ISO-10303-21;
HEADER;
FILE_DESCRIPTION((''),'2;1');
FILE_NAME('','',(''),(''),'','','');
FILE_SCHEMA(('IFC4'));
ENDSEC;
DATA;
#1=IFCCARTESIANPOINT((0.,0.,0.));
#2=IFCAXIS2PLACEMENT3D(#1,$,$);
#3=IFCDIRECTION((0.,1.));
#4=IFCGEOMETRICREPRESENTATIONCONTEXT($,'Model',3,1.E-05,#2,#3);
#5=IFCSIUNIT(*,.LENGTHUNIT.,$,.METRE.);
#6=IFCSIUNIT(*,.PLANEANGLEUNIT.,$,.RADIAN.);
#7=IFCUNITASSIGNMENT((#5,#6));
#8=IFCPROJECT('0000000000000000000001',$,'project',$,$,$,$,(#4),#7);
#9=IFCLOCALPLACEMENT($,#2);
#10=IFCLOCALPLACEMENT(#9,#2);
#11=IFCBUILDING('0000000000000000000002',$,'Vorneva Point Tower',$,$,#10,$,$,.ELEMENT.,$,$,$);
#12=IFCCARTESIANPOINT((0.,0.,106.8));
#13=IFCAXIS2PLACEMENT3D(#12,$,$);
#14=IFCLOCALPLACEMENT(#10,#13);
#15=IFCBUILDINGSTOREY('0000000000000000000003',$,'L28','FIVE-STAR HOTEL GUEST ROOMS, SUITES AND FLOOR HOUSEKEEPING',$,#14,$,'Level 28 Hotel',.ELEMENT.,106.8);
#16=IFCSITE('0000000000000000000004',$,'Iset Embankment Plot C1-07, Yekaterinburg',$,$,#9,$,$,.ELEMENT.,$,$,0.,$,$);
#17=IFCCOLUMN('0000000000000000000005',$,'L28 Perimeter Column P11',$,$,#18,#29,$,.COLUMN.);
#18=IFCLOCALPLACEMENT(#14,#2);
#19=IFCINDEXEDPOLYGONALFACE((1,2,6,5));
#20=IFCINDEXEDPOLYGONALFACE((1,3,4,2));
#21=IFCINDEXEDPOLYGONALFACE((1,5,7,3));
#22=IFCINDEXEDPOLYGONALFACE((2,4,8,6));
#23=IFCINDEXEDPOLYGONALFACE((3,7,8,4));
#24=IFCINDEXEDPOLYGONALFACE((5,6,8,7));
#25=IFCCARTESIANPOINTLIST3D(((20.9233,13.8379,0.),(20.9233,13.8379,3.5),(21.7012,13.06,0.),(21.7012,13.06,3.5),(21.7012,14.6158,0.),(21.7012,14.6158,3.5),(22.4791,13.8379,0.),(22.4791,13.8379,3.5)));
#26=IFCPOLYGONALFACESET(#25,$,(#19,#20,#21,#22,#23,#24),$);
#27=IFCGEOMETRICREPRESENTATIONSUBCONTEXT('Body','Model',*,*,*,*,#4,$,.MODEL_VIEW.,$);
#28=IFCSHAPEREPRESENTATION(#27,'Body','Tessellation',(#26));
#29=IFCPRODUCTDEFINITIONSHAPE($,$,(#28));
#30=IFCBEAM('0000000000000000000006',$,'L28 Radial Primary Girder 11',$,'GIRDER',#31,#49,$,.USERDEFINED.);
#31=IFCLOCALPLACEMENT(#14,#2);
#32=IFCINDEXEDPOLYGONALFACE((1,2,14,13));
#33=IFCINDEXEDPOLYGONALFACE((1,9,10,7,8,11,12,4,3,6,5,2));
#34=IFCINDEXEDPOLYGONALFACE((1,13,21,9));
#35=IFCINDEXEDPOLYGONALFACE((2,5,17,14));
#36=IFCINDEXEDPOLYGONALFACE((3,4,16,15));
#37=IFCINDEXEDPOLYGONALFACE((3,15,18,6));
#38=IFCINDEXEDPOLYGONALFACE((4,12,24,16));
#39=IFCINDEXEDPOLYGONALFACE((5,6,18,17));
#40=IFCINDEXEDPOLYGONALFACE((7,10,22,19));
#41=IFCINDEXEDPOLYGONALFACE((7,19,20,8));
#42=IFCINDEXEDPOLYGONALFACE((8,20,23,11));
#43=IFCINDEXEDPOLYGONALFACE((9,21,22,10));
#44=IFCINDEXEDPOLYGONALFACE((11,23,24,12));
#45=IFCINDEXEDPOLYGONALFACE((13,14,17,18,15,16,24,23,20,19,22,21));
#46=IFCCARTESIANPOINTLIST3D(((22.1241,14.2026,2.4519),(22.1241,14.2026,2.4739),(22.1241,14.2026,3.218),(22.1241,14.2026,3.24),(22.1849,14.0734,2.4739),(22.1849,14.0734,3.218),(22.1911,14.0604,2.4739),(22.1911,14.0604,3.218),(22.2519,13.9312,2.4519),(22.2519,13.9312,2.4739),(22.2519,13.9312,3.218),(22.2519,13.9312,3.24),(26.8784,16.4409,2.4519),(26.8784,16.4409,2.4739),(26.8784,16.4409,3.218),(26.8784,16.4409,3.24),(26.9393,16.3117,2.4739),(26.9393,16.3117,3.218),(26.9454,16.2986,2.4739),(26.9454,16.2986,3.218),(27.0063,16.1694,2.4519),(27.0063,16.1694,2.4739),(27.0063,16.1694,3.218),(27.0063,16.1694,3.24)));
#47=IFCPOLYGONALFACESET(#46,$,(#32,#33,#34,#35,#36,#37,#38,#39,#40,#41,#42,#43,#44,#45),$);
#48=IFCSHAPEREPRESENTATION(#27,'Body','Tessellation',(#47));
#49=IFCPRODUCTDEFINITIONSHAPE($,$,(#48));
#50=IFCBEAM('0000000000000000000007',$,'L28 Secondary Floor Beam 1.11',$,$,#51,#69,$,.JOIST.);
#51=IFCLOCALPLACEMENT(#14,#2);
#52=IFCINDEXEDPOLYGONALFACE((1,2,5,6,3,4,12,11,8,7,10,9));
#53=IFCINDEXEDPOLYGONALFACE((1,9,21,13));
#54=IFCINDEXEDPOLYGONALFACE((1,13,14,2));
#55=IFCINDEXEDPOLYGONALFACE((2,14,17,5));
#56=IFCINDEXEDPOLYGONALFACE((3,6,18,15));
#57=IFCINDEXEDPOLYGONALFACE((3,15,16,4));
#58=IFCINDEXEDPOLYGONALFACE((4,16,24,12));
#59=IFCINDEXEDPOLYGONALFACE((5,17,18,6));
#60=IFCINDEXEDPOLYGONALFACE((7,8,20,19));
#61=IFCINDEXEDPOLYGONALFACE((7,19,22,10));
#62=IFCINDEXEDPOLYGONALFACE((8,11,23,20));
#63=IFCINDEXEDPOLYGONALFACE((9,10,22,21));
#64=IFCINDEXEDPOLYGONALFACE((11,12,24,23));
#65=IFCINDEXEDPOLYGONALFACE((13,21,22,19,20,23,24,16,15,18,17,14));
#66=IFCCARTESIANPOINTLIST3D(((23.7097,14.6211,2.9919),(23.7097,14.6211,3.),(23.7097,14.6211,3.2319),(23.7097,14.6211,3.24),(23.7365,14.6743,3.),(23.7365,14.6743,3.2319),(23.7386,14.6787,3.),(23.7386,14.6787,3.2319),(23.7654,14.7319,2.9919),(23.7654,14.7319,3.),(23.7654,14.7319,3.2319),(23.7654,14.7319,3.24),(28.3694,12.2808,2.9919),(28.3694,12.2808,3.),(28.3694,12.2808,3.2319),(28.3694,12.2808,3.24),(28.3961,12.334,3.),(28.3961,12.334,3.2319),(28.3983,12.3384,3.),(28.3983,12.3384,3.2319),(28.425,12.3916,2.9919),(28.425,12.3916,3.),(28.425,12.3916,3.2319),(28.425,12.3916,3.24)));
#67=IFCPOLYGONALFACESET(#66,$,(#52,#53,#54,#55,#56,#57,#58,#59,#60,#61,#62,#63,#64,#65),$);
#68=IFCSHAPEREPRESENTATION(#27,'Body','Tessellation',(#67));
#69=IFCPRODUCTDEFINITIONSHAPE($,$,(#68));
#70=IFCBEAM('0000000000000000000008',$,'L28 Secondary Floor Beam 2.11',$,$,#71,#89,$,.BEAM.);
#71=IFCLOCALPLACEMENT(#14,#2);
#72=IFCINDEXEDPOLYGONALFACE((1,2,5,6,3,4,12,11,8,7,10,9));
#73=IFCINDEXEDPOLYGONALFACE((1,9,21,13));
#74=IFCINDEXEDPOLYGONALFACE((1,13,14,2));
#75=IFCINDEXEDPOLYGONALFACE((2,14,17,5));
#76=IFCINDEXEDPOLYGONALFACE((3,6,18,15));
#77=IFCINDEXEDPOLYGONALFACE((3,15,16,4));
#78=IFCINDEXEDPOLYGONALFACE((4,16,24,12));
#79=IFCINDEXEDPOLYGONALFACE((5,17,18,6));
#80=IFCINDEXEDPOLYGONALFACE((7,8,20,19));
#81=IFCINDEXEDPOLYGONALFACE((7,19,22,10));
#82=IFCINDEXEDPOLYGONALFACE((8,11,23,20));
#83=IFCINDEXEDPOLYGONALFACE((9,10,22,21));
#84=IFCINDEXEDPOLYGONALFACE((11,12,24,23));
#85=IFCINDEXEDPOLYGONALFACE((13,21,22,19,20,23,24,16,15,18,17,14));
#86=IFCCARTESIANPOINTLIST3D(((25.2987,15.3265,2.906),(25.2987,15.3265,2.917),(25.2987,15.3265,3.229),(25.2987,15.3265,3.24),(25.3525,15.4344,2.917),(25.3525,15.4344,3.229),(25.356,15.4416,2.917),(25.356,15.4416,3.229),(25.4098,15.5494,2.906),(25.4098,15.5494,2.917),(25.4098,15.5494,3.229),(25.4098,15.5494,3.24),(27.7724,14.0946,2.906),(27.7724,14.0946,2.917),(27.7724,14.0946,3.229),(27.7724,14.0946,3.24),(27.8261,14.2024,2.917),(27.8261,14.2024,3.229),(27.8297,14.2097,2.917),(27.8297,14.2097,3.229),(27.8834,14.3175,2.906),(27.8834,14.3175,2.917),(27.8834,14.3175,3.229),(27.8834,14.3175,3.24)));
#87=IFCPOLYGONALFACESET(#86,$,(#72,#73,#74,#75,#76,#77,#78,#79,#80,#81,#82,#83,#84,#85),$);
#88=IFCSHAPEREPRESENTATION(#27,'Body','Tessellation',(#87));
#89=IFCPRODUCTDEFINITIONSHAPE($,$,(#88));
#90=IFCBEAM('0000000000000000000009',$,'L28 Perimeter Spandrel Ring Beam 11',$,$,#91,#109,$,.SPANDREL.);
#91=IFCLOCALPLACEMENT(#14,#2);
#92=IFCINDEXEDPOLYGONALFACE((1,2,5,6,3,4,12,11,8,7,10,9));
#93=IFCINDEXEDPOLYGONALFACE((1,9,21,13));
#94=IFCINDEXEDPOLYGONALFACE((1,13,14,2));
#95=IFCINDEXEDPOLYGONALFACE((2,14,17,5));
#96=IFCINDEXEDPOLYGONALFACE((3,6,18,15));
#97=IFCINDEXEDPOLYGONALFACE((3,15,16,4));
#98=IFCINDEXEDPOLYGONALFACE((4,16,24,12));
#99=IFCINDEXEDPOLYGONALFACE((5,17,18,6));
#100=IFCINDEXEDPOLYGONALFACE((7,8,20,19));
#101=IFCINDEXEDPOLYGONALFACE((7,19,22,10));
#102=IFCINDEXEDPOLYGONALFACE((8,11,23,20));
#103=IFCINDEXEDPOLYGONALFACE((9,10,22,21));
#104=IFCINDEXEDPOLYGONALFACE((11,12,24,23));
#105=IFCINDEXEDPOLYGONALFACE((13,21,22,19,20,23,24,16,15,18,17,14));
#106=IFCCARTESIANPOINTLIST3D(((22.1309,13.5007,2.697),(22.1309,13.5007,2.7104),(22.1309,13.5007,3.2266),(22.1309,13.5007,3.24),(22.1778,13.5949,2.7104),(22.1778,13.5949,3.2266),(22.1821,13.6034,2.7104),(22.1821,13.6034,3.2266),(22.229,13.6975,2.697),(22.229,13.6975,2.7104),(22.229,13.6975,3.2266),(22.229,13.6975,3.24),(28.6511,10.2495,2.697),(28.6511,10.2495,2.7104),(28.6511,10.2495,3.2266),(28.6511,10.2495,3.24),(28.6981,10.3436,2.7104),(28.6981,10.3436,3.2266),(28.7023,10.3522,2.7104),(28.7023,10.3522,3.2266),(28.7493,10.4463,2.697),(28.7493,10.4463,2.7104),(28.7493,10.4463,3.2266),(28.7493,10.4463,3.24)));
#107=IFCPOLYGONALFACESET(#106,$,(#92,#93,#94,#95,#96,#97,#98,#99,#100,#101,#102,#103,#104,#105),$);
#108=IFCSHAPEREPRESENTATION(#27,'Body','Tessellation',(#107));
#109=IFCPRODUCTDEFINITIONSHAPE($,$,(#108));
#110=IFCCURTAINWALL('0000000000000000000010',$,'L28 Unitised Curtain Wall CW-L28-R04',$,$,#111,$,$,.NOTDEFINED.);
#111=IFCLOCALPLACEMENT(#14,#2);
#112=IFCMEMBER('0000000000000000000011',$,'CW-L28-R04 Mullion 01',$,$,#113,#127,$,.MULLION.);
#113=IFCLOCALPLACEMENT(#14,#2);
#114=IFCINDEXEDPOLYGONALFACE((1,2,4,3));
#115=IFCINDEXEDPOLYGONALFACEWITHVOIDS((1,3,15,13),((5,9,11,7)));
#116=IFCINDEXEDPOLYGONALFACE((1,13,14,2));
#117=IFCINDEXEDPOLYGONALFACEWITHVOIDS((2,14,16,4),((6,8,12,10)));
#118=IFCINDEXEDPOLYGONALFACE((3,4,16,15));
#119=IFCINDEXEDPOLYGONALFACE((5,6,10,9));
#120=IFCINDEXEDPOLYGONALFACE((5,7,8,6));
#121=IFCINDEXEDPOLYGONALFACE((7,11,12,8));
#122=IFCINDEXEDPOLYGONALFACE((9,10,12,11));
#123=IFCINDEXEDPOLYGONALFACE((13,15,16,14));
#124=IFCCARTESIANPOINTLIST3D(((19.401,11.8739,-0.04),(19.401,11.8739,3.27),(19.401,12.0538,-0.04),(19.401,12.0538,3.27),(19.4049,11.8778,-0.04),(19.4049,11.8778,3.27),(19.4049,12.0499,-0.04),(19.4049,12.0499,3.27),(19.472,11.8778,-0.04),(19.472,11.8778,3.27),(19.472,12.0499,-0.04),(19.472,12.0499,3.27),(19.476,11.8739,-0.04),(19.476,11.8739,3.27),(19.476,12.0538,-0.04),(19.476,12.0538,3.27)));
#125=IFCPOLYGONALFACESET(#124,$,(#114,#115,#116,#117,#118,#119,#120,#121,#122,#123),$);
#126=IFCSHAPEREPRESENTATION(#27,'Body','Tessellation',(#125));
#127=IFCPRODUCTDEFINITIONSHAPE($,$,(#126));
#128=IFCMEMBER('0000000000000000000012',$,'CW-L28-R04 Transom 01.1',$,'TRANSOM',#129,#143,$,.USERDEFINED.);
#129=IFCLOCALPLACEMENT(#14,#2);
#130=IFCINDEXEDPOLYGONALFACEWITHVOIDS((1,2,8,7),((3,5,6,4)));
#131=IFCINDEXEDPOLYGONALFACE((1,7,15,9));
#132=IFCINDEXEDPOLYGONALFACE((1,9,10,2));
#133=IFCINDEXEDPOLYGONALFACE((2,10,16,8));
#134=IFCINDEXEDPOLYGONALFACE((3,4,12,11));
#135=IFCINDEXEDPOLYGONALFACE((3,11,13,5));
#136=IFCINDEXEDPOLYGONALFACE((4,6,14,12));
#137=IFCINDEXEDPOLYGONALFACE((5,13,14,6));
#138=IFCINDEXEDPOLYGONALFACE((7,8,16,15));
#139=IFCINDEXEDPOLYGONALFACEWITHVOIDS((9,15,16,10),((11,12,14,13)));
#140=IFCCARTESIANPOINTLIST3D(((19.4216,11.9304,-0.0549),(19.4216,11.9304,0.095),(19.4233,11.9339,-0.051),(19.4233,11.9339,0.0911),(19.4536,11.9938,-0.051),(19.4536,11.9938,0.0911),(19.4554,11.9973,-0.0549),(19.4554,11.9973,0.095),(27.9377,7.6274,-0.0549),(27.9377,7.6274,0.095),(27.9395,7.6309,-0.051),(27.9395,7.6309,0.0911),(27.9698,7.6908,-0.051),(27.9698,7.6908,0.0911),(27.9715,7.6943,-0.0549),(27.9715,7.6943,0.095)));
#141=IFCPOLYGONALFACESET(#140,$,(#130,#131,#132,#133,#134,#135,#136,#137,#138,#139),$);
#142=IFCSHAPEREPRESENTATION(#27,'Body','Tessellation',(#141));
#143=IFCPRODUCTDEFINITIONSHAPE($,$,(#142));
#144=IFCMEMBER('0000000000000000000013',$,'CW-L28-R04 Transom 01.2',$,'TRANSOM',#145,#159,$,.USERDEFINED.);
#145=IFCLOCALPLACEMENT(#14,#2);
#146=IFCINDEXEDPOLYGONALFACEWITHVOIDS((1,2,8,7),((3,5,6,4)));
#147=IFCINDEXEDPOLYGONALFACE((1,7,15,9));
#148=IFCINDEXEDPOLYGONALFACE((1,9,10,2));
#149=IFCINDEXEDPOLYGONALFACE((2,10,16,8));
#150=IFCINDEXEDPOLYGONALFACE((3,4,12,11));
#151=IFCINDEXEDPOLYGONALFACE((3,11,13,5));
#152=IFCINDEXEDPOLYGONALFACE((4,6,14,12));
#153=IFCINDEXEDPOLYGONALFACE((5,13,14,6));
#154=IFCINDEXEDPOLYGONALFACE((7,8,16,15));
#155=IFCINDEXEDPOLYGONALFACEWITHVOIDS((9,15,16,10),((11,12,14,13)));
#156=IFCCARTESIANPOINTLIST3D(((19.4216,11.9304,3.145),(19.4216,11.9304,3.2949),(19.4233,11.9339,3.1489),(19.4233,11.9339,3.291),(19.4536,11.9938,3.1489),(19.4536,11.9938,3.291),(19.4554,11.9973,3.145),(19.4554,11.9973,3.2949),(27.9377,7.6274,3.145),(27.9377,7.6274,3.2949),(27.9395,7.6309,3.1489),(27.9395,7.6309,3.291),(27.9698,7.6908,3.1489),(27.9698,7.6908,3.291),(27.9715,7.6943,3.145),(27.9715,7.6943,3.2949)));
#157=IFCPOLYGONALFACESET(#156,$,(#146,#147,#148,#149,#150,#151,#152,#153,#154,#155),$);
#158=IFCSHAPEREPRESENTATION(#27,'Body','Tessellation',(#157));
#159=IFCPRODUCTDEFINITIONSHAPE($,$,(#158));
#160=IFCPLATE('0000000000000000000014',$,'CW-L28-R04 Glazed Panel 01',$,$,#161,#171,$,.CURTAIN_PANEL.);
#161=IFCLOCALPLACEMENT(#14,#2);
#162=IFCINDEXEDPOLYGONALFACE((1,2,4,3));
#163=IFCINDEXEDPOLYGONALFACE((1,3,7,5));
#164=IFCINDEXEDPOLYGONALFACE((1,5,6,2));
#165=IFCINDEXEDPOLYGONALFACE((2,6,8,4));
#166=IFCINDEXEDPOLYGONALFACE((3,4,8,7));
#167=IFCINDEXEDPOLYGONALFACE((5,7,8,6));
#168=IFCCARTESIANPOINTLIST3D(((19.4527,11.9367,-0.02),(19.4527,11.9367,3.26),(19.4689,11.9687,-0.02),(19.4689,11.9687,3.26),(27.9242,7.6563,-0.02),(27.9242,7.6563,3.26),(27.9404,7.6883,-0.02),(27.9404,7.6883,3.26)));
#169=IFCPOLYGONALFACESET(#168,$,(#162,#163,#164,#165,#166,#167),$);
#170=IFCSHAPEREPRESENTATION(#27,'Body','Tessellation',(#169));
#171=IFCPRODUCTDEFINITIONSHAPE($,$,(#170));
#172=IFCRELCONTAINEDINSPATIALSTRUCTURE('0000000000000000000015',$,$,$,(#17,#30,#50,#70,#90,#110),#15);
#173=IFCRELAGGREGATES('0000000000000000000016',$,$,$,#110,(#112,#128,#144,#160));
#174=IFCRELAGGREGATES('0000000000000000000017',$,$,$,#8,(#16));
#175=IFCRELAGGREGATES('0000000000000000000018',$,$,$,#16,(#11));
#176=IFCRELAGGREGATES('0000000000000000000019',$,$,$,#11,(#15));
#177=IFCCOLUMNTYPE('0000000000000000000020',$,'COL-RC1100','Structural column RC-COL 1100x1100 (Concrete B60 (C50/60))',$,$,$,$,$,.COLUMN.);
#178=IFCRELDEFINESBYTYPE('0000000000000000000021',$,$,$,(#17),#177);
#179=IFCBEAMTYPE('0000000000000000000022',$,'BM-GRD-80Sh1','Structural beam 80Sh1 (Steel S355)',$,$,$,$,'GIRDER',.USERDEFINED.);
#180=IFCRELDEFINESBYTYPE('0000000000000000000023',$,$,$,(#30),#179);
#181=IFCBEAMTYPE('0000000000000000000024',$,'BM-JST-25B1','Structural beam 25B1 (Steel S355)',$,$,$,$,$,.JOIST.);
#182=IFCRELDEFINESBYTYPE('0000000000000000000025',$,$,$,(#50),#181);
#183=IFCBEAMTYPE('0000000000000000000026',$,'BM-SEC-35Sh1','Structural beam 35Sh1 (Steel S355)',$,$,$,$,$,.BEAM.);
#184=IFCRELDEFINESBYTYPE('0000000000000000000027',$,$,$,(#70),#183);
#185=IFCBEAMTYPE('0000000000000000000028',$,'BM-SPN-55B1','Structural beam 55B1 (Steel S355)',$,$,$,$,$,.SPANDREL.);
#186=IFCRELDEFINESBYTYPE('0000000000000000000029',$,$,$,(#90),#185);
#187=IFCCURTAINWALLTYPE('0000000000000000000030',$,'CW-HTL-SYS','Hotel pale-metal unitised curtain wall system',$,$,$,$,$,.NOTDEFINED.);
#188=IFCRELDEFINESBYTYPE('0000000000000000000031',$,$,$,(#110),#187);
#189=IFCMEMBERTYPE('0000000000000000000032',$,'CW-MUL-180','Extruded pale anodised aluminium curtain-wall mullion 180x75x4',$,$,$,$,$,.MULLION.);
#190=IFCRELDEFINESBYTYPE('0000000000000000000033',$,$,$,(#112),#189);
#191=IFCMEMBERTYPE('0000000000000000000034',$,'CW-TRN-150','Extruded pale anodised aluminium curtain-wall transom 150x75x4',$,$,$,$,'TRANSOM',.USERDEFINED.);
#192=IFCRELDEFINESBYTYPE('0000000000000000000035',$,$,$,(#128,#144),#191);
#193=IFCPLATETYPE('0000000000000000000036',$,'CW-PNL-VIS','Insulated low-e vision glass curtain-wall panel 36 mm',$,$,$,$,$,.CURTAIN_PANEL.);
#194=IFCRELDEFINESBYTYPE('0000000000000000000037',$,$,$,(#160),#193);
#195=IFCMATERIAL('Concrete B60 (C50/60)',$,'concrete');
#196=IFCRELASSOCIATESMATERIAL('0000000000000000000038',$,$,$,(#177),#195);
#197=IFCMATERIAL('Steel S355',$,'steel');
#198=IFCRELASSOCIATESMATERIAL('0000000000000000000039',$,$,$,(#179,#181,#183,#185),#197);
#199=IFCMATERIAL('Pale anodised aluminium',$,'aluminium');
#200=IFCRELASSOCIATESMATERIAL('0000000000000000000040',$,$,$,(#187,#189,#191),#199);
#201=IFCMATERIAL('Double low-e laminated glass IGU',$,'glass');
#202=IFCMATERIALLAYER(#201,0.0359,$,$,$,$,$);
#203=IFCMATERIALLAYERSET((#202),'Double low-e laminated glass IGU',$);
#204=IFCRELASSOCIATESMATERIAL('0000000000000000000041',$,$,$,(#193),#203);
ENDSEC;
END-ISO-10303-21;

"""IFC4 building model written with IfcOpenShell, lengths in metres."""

from ifc_helpers import new_model, si_unit, direction, frame, origin, origin_2d, place, context, subcontext, project, spatial, rectangle, hollow_rectangle, i_section, extrude, material, layer, layer_set, material_profile, profile_set, type_object, element, aggregate, save


model = new_model("IFC4")

# Units and contexts
model_context = context("Model", 3, precision=1e-05, world=origin(), true_north=direction((0.0, 1.0)))
body_context = subcontext(model_context, "Body", "Model", "MODEL_VIEW")
ifc_project = project(units=[si_unit("LENGTHUNIT", "METRE"), si_unit("PLANEANGLEUNIT", "RADIAN")], contexts=[model_context])

# Site, building, storey
site_placement = place(None, origin())
site = spatial("IfcSite", under=ifc_project, at=site_placement, Name="Iset Embankment Plot C1-07, Yekaterinburg", CompositionType="ELEMENT", RefElevation=0.0)
building_placement = place(site_placement, origin())
building = spatial("IfcBuilding", under=site, at=building_placement, Name="Vorneva Point Tower", CompositionType="ELEMENT")
storey_placement = place(building_placement, frame((0.0, 0.0, 106.8)))
storey = spatial("IfcBuildingStorey", under=building, at=storey_placement, Name="L28", Description="FIVE-STAR HOTEL GUEST ROOMS, SUITES AND FLOOR HOUSEKEEPING", LongName="Level 28 Hotel", CompositionType="ELEMENT", Elevation=106.8)

# Column
ifc_material_1 = material(Name="Concrete B60 (C50/60)", Category="concrete")
ifc_material_profile_1 = material_profile(ifc_material_1, rectangle(XDim=1.1001, YDim=1.1001, at=origin_2d()), Name="RC-COL 1100x1100")
ifc_profile_set_1 = profile_set([ifc_material_profile_1], Name="Concrete B60 (C50/60)")
column_type = type_object("IfcColumnType", Name="COL-RC1100", Description="Structural column RC-COL 1100x1100 (Concrete B60 (C50/60))", PredefinedType="COLUMN", material=ifc_profile_set_1)
column_placement = place(storey_placement, frame((21.7012, 13.8379, 0.0), z_axis=(0.0, 0.0, 1.0), x_axis=(-0.707107, -0.707107, 0.0)))
element("IfcColumn", 1, at=column_placement, inside=storey, type_object=column_type, Name="L28 Perimeter Column P11", PredefinedType="COLUMN", context=body_context, shape_type="SweptSolid", body=[
    extrude(rectangle(XDim=1.1001, YDim=1.1001, at=origin_2d()), origin(), (0.0, 0.0, 1.0), 3.5),
])

# Beams
ifc_material_2 = material(Name="Steel S355", Category="steel")
ifc_material_profile_2 = material_profile(ifc_material_2, i_section(OverallWidth=0.3, OverallDepth=0.7881, WebThickness=0.0144, FlangeThickness=0.022, at=origin_2d()), Name="80Sh1")
ifc_profile_set_2 = profile_set([ifc_material_profile_2], Name="Steel S355")
beam_type_1 = type_object("IfcBeamType", Name="BM-GRD-80Sh1", Description="Structural beam 80Sh1 (Steel S355)", ElementType="GIRDER", PredefinedType="USERDEFINED", material=ifc_profile_set_2)
beam_1_placement = place(storey_placement, frame((22.188, 14.0669, 2.8459), z_axis=(0.904751, 0.42594, 0.0), x_axis=(-0.42594, 0.904751, 0.0)))
element("IfcBeam", 2, at=beam_1_placement, inside=storey, type_object=beam_type_1, Name="L28 Radial Primary Girder 11", ObjectType="GIRDER", PredefinedType="USERDEFINED", context=body_context, shape_type="SweptSolid", body=[
    extrude(i_section(OverallWidth=0.3, OverallDepth=0.7881, WebThickness=0.0144, FlangeThickness=0.022, at=origin_2d()), origin(), (0.0, 0.0, 1.0), 5.2549),
])
ifc_material_profile_3 = material_profile(ifc_material_2, i_section(OverallWidth=0.124, OverallDepth=0.248, WebThickness=0.0049, FlangeThickness=0.0081, at=origin_2d()), Name="25B1")
ifc_profile_set_3 = profile_set([ifc_material_profile_3], Name="Steel S355")
beam_type_2 = type_object("IfcBeamType", Name="BM-JST-25B1", Description="Structural beam 25B1 (Steel S355)", PredefinedType="JOIST", material=ifc_profile_set_3)
beam_2_placement = place(storey_placement, frame((23.7375, 14.6765, 3.116), z_axis=(0.89362, -0.448824, 0.0), x_axis=(0.448824, 0.89362, 0.0)))
element("IfcBeam", 3, at=beam_2_placement, inside=storey, type_object=beam_type_2, Name="L28 Secondary Floor Beam 1.11", PredefinedType="JOIST", context=body_context, shape_type="SweptSolid", body=[
    extrude(i_section(OverallWidth=0.124, OverallDepth=0.248, WebThickness=0.0049, FlangeThickness=0.0081, at=origin_2d()), origin(), (0.0, 0.0, 1.0), 5.2144),
])
ifc_material_profile_4 = material_profile(ifc_material_2, i_section(OverallWidth=0.249, OverallDepth=0.334, WebThickness=0.0081, FlangeThickness=0.011, at=origin_2d()), Name="35Sh1")
ifc_profile_set_4 = profile_set([ifc_material_profile_4], Name="Steel S355")
beam_type_3 = type_object("IfcBeamType", Name="BM-SEC-35Sh1", Description="Structural beam 35Sh1 (Steel S355)", PredefinedType="BEAM", material=ifc_profile_set_4)
beam_3_placement = place(storey_placement, frame((25.3542, 15.438, 3.073), z_axis=(0.895133, -0.445799, 0.0), x_axis=(0.445799, 0.895133, 0.0)))
element("IfcBeam", 4, at=beam_3_placement, inside=storey, type_object=beam_type_3, Name="L28 Secondary Floor Beam 2.11", PredefinedType="BEAM", context=body_context, shape_type="SweptSolid", body=[
    extrude(i_section(OverallWidth=0.249, OverallDepth=0.334, WebThickness=0.0081, FlangeThickness=0.011, at=origin_2d()), origin(), (0.0, 0.0, 1.0), 2.7634),
])
ifc_material_profile_5 = material_profile(ifc_material_2, i_section(OverallWidth=0.22, OverallDepth=0.543, WebThickness=0.0095, FlangeThickness=0.0134, at=origin_2d()), Name="55B1")
ifc_profile_set_5 = profile_set([ifc_material_profile_5], Name="Steel S355")
beam_type_4 = type_object("IfcBeamType", Name="BM-SPN-55B1", Description="Structural beam 55B1 (Steel S355)", PredefinedType="SPANDREL", material=ifc_profile_set_5)
beam_4_placement = place(storey_placement, frame((22.1799, 13.5991, 2.9685), z_axis=(0.894916, -0.446235, 0.0), x_axis=(0.446235, 0.894916, 0.0)))
element("IfcBeam", 5, at=beam_4_placement, inside=storey, type_object=beam_type_4, Name="L28 Perimeter Spandrel Ring Beam 11", PredefinedType="SPANDREL", context=body_context, shape_type="SweptSolid", body=[
    extrude(i_section(OverallWidth=0.22, OverallDepth=0.543, WebThickness=0.0095, FlangeThickness=0.0134, at=origin_2d()), origin(), (0.0, 0.0, 1.0), 7.2859),
])

# Curtain wall, members, plate
ifc_material_3 = material(Name="Pale anodised aluminium", Category="aluminium")
curtain_wall_type = type_object("IfcCurtainWallType", Name="CW-HTL-SYS", Description="Hotel pale-metal unitised curtain wall system", PredefinedType="NOTDEFINED", material=ifc_material_3)
curtain_wall_placement = place(storey_placement, origin())
curtain_wall = element("IfcCurtainWall", 6, at=curtain_wall_placement, inside=storey, type_object=curtain_wall_type, Name="L28 Unitised Curtain Wall CW-L28-R04", PredefinedType="NOTDEFINED")
ifc_material_profile_6 = material_profile(ifc_material_3, hollow_rectangle(XDim=0.075, YDim=0.1799, WallThickness=0.0039, at=origin_2d()), Name="AL-MUL 180x75x4")
ifc_profile_set_6 = profile_set([ifc_material_profile_6], Name="Pale anodised aluminium")
member_type_1 = type_object("IfcMemberType", Name="CW-MUL-180", Description="Extruded pale anodised aluminium curtain-wall mullion 180x75x4", PredefinedType="MULLION", material=ifc_profile_set_6)
member_1_placement = place(storey_placement, frame((19.4385, 11.9639, -0.04), z_axis=(0.0, 0.0, 1.0), x_axis=(1.0, 0.0, 0.0)))
member_1 = element("IfcMember", 7, at=member_1_placement, type_object=member_type_1, Name="CW-L28-R04 Mullion 01", PredefinedType="MULLION", context=body_context, shape_type="SweptSolid", body=[
    extrude(hollow_rectangle(XDim=0.075, YDim=0.1799, WallThickness=0.0039, at=origin_2d()), origin(), (0.0, 0.0, 1.0), 3.3101),
])
ifc_material_profile_7 = material_profile(ifc_material_3, hollow_rectangle(XDim=0.075, YDim=0.1499, WallThickness=0.0039, at=origin_2d()), Name="AL-TRN 150x75x4")
ifc_profile_set_7 = profile_set([ifc_material_profile_7], Name="Pale anodised aluminium")
member_type_2 = type_object("IfcMemberType", Name="CW-TRN-150", Description="Extruded pale anodised aluminium curtain-wall transom 150x75x4", ElementType="TRANSOM", PredefinedType="USERDEFINED", material=ifc_profile_set_7)
member_2_placement = place(storey_placement, frame((19.4385, 11.9639, 0.02), z_axis=(0.892536, -0.450976, 0.0), x_axis=(0.450976, 0.892536, 0.0)))
member_2 = element("IfcMember", 8, at=member_2_placement, type_object=member_type_2, Name="CW-L28-R04 Transom 01.1", ObjectType="TRANSOM", PredefinedType="USERDEFINED", context=body_context, shape_type="SweptSolid", body=[
    extrude(hollow_rectangle(XDim=0.075, YDim=0.1499, WallThickness=0.0039, at=origin_2d()), origin(), (0.0, 0.0, 1.0), 9.5415),
])
member_3_placement = place(storey_placement, frame((19.4385, 11.9639, 3.22), z_axis=(0.892536, -0.450976, 0.0), x_axis=(0.450976, 0.892536, 0.0)))
member_3 = element("IfcMember", 9, at=member_3_placement, type_object=member_type_2, Name="CW-L28-R04 Transom 01.2", ObjectType="TRANSOM", PredefinedType="USERDEFINED", context=body_context, shape_type="SweptSolid", body=[
    extrude(hollow_rectangle(XDim=0.075, YDim=0.1499, WallThickness=0.0039, at=origin_2d()), origin(), (0.0, 0.0, 1.0), 9.5415),
])
ifc_material_4 = material(Name="Double low-e laminated glass IGU", Category="glass")
ifc_layer_1 = layer(ifc_material_4, 0.0359)
ifc_layer_set_1 = layer_set([ifc_layer_1], Name="Double low-e laminated glass IGU")
plate_type = type_object("IfcPlateType", Name="CW-PNL-VIS", Description="Insulated low-e vision glass curtain-wall panel 36 mm", PredefinedType="CURTAIN_PANEL", material=ifc_layer_set_1)
plate_placement = place(storey_placement, frame((23.6965, 9.8125, -0.02), z_axis=(0.0, 0.0, 1.0), x_axis=(0.892539, -0.450971, 0.0)))
plate = element("IfcPlate", 10, at=plate_placement, type_object=plate_type, Name="CW-L28-R04 Glazed Panel 01", PredefinedType="CURTAIN_PANEL", context=body_context, shape_type="SweptSolid", body=[
    extrude(rectangle(XDim=9.4915, YDim=0.0359, at=origin_2d()), origin(), (0.0, 0.0, 1.0), 3.28),
])
aggregate(curtain_wall, [member_1, member_2, member_3, plate])

save(model, "model.ifc")
